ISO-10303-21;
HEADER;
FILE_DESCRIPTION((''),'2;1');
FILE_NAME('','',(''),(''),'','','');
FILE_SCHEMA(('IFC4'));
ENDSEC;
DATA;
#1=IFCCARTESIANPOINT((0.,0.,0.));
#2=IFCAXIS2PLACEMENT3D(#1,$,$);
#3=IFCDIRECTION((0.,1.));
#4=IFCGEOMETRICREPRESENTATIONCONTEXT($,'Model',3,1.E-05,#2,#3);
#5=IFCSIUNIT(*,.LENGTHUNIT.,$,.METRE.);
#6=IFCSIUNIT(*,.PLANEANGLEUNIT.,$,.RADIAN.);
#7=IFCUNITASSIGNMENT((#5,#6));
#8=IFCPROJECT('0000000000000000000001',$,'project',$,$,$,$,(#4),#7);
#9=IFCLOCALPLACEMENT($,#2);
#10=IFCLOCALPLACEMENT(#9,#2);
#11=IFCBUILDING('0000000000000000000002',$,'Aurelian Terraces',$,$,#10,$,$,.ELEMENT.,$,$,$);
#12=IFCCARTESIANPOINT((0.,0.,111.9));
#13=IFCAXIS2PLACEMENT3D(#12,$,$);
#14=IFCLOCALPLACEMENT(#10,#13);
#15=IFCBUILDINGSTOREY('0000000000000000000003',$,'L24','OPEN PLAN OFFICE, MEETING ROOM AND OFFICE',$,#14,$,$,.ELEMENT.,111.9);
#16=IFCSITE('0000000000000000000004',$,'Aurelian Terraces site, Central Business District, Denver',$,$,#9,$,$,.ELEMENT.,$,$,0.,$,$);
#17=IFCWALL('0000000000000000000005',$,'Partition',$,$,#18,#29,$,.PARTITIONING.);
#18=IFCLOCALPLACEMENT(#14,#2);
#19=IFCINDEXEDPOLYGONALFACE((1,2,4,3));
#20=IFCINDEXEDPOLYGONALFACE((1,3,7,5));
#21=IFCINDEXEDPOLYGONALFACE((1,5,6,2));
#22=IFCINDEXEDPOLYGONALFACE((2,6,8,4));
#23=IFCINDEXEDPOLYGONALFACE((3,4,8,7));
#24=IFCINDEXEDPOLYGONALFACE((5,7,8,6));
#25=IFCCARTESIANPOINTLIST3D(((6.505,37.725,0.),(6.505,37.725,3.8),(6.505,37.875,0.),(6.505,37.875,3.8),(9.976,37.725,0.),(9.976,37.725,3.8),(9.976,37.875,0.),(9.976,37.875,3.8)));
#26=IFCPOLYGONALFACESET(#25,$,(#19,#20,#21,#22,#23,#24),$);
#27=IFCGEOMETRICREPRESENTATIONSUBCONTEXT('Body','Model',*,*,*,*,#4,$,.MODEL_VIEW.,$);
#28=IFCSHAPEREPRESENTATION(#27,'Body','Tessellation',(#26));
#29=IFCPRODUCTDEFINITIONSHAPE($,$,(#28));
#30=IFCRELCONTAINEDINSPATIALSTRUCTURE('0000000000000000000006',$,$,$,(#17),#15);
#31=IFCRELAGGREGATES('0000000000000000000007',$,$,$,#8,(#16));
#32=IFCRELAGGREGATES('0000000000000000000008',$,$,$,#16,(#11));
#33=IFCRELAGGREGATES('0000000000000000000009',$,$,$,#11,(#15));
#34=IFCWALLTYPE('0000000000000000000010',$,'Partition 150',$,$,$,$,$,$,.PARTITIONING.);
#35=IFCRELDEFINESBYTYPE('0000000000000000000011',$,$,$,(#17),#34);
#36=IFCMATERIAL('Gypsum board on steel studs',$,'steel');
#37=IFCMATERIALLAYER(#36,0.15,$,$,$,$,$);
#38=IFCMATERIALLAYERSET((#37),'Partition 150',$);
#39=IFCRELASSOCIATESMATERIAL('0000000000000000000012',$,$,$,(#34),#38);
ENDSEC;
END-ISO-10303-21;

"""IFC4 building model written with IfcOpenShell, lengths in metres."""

from ifc_helpers import new_model, si_unit, direction, frame, frame_2d, origin, place, context, subcontext, project, spatial, rectangle, extrude, source, transform, mapped, material, layer, layer_set, type_object, element, save


model = new_model("IFC4")

# Units and contexts
model_context = context("Model", 3, precision=1e-05, world=origin(), true_north=direction((0.0, 1.0)))
body_context = subcontext(model_context, "Body", "Model", "MODEL_VIEW")
ifc_project = project(units=[si_unit("LENGTHUNIT", "METRE"), si_unit("PLANEANGLEUNIT", "RADIAN")], contexts=[model_context])

# Site, building, storey
site_placement = place(None, origin())
site = spatial("IfcSite", under=ifc_project, at=site_placement, Name="Aurelian Terraces site, Central Business District, Denver", CompositionType="ELEMENT", RefElevation=0.0)
building_placement = place(site_placement, origin())
building = spatial("IfcBuilding", under=site, at=building_placement, Name="Aurelian Terraces", CompositionType="ELEMENT")
storey_placement = place(building_placement, frame((0.0, 0.0, 111.9)))
storey = spatial("IfcBuildingStorey", under=building, at=storey_placement, Name="L24", Description="OPEN PLAN OFFICE, MEETING ROOM AND OFFICE", CompositionType="ELEMENT", Elevation=111.9)

# Shared definitions
ifc_material_1 = material(Name="Gypsum board on steel studs", Category="steel")

# Wall
ifc_layer_1 = layer(ifc_material_1, 0.15)
ifc_layer_set_1 = layer_set([ifc_layer_1], Name="Partition 150")
wall_type_1 = type_object("IfcWallType", Name="Partition 150", PredefinedType="PARTITIONING", material=ifc_layer_set_1)
shared_shape_1 = source(origin(), body_context, "Body", "SweptSolid", [
    extrude(rectangle(XDim=3.471, YDim=0.15, at=frame_2d((1.7355, 0.0))), origin(), (0.0, 0.0, 1.0), 3.8),
])
for number, where, z_axis, x_axis, name in (
    (1, (9.976, 37.8, 0.0), (0.0, 0.0, 1.0), (-1.0, 0.0, 0.0), "Partition"),
):
    element("IfcWall", number, at=place(storey_placement, frame(where, z_axis=z_axis, x_axis=x_axis)), inside=storey, type_object=wall_type_1, Name=name, PredefinedType="PARTITIONING", context=body_context, shape_type="MappedRepresentation", body=[
        mapped(shared_shape_1, transform((0.0, 0.0, 0.0), scale=1.0)),
    ])

save(model, "model.ifc")
